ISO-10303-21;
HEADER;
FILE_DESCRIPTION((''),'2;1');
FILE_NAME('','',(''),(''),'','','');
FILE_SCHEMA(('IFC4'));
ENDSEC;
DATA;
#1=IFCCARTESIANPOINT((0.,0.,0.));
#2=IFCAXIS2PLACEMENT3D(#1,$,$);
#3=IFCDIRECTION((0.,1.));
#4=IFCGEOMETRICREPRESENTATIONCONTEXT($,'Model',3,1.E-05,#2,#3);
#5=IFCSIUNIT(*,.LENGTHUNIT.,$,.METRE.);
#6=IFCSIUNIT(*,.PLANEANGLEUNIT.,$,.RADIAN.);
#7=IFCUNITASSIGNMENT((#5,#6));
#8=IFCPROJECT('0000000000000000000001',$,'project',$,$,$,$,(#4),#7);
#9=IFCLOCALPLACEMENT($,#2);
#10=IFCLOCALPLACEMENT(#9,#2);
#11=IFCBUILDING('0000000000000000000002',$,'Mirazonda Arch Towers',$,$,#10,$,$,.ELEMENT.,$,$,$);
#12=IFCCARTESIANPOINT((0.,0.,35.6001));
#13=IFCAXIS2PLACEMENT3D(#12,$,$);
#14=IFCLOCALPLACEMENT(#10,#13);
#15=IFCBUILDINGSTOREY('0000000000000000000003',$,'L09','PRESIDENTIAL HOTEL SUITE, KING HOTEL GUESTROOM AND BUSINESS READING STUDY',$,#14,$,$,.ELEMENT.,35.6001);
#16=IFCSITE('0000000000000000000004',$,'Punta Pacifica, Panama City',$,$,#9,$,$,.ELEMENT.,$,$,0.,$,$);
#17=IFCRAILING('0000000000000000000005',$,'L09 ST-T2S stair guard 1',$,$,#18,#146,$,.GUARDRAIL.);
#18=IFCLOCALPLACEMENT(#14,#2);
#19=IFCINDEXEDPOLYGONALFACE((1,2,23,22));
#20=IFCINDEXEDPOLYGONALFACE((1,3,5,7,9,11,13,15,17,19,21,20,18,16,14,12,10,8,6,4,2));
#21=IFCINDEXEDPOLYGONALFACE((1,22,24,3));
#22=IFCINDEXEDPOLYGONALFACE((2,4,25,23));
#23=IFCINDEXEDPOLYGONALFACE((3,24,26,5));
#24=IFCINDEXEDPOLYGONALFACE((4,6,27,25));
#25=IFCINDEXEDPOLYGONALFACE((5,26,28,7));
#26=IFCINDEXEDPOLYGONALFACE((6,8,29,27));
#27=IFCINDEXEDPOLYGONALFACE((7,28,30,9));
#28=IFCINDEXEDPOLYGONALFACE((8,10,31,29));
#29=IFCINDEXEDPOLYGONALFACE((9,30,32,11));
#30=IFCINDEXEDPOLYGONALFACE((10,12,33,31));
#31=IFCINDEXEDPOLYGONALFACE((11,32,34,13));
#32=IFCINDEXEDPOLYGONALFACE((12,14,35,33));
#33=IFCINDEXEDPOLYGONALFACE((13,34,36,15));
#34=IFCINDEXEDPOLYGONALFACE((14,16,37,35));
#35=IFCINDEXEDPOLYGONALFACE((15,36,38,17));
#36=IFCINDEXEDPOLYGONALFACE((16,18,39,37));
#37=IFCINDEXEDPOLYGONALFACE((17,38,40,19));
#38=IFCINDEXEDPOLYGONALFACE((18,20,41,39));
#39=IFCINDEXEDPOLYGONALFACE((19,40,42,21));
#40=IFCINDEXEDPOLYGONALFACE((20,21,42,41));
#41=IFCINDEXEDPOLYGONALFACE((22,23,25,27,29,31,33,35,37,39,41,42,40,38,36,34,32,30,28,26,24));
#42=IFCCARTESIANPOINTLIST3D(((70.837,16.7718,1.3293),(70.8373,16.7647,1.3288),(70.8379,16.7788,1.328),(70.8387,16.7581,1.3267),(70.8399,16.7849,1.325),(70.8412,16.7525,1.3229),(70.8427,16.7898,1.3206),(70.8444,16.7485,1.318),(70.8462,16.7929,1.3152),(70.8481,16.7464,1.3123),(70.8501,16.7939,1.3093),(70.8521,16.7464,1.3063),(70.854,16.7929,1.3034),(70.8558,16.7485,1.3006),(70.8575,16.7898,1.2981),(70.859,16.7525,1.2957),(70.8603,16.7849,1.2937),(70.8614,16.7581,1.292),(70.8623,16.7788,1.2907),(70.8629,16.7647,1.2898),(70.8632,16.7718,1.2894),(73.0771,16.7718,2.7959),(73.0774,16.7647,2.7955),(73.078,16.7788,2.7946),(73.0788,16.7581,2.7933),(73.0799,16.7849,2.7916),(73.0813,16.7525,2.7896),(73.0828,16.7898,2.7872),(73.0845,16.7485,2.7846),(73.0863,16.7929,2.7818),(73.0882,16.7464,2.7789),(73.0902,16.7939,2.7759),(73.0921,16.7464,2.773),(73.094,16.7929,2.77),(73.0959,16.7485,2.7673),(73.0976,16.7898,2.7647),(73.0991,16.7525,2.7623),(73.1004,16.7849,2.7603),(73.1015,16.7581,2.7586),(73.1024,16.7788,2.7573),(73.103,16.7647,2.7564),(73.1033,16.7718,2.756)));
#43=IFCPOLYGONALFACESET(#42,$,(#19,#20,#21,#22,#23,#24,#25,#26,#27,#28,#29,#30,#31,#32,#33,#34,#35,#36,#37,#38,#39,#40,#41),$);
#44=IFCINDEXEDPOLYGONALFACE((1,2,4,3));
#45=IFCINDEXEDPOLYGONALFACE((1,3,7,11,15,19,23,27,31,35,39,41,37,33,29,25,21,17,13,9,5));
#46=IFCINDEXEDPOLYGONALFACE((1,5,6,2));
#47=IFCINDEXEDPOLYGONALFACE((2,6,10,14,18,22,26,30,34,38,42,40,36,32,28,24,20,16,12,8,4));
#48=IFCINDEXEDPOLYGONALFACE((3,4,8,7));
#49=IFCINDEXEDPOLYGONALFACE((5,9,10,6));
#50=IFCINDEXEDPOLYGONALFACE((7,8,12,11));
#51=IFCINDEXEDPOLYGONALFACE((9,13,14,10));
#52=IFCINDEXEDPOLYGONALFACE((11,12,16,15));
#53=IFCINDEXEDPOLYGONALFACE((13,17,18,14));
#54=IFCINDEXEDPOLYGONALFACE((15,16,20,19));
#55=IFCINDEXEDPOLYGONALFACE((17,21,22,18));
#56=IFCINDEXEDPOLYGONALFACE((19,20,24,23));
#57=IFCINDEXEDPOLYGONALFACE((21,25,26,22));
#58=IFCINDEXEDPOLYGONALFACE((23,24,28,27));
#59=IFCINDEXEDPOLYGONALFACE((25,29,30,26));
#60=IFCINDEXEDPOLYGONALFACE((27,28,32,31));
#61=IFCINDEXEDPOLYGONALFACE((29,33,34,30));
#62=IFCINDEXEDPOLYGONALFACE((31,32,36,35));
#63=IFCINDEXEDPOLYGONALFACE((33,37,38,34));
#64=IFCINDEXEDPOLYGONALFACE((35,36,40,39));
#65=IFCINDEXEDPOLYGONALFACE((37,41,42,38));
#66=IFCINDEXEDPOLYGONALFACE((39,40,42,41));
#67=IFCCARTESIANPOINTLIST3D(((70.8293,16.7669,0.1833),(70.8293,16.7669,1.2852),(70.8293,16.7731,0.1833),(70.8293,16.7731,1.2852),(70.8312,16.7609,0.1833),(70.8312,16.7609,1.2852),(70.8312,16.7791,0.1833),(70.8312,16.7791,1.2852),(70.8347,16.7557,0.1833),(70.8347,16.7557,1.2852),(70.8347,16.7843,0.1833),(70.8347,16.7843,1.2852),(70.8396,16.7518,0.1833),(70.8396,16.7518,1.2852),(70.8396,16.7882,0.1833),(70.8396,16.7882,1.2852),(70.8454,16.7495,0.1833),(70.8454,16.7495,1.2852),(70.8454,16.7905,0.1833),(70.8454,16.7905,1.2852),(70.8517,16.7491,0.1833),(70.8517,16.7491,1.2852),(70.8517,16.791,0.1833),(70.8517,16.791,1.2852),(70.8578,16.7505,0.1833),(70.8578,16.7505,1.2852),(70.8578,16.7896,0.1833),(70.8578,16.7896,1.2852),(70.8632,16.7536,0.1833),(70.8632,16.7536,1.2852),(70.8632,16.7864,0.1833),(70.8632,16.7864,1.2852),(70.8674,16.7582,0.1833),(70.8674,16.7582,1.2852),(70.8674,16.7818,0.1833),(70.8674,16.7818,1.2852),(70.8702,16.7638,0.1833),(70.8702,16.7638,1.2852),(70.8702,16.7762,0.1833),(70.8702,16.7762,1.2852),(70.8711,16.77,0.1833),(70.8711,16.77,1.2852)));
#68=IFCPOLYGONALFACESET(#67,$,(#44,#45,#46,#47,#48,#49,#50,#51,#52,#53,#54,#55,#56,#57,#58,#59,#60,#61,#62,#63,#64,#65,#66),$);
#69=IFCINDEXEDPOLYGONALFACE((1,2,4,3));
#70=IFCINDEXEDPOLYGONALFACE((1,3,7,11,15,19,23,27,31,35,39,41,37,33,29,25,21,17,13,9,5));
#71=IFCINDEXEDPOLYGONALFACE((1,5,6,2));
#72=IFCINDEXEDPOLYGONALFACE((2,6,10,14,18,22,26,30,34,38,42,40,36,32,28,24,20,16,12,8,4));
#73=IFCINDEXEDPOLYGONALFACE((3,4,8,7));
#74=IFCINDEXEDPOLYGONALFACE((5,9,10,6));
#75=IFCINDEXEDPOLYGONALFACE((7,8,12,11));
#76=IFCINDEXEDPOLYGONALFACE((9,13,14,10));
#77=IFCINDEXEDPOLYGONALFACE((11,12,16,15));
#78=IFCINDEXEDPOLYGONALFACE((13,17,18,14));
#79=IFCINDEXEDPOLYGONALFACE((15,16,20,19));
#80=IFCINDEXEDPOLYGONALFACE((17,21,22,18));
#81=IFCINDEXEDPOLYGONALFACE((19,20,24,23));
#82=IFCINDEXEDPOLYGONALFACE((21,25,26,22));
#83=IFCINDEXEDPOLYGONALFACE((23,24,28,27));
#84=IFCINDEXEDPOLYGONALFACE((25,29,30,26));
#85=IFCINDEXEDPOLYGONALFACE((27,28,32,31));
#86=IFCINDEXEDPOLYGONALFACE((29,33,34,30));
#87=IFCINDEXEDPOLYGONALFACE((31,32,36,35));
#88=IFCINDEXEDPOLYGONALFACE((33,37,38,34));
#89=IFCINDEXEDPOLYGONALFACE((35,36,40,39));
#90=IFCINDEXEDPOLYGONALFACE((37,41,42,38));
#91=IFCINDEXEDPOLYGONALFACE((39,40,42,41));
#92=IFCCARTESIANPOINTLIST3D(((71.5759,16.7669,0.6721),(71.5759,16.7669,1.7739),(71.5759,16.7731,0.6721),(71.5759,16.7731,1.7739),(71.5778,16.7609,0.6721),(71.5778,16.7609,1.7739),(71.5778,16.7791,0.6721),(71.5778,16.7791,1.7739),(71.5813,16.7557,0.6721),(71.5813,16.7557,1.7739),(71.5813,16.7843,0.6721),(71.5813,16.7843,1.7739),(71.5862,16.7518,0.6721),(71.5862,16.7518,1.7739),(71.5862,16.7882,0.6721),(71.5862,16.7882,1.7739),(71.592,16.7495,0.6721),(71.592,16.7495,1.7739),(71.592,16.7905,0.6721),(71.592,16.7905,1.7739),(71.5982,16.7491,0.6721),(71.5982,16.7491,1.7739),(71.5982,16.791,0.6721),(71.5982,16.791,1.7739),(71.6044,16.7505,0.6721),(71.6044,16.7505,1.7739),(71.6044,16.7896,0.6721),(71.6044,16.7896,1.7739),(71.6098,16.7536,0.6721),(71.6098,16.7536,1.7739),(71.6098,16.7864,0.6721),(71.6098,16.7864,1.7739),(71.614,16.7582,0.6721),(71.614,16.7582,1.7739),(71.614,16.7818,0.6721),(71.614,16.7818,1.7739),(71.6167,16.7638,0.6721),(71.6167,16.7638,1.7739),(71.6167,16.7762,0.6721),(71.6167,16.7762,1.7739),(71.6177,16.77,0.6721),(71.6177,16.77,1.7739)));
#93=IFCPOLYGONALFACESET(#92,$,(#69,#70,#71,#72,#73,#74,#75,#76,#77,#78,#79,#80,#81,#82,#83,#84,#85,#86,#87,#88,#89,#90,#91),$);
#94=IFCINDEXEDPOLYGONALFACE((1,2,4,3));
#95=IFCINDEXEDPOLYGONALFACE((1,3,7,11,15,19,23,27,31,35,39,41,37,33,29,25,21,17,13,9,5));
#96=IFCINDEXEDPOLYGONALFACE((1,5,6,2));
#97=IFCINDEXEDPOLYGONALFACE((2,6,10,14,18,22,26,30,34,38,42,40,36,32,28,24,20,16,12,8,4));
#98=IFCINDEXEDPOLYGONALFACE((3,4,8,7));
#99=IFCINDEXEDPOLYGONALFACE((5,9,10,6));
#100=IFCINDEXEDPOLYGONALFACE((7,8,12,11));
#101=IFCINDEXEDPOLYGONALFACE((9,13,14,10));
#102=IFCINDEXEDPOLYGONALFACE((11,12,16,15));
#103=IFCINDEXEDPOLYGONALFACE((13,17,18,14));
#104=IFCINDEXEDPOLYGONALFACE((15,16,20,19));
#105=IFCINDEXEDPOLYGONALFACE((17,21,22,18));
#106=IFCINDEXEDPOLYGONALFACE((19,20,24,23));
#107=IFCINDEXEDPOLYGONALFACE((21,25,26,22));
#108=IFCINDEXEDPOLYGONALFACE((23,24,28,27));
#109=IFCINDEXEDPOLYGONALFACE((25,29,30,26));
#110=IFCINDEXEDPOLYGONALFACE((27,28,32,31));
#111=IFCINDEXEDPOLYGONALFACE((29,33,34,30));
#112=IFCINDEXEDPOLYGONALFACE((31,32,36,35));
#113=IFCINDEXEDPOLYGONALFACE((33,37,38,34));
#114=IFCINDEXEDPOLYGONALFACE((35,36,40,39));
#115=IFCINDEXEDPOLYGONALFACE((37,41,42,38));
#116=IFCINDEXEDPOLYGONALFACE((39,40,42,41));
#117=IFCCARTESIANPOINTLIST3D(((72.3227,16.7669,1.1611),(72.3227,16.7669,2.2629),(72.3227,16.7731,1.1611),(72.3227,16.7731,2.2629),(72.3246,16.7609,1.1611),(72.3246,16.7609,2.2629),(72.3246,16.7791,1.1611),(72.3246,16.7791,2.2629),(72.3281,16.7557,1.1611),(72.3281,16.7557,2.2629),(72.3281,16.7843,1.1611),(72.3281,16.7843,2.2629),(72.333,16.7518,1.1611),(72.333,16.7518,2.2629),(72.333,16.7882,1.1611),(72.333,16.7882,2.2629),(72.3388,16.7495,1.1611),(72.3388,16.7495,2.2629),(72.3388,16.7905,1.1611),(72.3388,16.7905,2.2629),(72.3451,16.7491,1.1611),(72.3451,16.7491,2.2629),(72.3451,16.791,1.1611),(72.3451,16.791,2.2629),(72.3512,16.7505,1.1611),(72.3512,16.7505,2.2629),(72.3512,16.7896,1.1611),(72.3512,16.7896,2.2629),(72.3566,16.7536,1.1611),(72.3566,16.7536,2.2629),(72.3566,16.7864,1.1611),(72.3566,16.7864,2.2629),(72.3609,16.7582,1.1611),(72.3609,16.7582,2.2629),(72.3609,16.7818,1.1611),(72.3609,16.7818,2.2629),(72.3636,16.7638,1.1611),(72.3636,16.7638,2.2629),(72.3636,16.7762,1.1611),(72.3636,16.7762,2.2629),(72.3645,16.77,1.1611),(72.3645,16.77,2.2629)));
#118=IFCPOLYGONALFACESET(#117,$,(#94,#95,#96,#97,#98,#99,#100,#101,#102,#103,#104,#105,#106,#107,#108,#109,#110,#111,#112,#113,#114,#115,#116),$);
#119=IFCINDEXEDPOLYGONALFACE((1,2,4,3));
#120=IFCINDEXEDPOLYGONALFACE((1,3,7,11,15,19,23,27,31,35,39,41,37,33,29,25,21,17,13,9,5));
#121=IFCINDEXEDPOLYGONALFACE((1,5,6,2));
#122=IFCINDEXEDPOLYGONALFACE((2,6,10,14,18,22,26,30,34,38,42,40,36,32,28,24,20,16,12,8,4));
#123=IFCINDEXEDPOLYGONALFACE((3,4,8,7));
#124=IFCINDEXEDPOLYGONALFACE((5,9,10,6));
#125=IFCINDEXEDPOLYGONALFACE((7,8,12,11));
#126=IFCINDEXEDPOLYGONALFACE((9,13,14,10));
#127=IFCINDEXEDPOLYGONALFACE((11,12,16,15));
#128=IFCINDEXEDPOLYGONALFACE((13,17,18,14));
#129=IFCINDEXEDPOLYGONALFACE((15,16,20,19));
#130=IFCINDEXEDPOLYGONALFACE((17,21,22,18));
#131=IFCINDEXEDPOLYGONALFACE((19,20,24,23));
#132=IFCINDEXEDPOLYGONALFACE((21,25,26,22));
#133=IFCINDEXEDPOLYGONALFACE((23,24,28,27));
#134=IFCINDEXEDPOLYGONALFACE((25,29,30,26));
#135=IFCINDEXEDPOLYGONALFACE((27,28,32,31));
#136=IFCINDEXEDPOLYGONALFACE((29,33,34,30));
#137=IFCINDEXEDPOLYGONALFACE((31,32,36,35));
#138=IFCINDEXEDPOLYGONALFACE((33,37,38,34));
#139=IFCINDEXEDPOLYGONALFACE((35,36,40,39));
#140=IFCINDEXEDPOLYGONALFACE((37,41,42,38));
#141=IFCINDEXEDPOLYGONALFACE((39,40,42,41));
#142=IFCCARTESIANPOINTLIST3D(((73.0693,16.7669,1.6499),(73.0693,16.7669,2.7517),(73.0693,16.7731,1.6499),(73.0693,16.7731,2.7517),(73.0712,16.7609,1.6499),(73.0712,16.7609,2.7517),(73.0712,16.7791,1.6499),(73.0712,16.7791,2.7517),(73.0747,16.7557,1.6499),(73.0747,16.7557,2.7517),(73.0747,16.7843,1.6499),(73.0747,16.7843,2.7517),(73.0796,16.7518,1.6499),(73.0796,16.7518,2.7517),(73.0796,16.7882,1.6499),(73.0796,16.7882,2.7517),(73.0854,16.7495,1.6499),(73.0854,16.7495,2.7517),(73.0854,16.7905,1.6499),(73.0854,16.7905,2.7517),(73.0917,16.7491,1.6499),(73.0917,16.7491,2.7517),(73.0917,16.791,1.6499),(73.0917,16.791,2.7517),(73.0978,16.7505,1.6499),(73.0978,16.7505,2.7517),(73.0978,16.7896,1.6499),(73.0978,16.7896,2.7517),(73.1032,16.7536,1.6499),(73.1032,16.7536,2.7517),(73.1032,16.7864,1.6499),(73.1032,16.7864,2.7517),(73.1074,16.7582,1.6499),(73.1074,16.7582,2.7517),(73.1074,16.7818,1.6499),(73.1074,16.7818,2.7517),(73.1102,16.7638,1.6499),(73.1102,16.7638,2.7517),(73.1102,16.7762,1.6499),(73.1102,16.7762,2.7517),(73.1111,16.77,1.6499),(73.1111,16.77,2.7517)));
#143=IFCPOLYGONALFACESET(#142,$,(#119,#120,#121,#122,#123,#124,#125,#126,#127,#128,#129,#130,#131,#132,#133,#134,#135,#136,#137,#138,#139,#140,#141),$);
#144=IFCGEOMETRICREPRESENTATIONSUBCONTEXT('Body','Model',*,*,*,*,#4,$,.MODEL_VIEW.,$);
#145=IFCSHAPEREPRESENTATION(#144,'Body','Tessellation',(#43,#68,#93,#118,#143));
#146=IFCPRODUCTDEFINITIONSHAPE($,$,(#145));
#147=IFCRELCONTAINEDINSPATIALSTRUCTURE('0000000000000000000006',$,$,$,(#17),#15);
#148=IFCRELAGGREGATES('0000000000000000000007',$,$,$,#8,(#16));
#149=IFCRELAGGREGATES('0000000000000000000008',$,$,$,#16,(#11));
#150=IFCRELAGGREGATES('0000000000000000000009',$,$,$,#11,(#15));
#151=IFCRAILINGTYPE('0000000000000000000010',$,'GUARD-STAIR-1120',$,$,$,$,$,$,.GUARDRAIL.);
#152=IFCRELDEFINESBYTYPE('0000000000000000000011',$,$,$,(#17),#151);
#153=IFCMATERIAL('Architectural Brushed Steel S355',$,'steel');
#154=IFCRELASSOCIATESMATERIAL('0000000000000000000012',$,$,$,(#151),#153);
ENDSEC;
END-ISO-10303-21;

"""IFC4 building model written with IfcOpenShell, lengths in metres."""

from ifc_helpers import new_model, si_unit, direction, frame, origin, origin_2d, place, context, subcontext, project, spatial, circle, extrude, material, type_object, element, save


model = new_model("IFC4")

# Units and contexts
model_context = context("Model", 3, precision=1e-05, world=origin(), true_north=direction((0.0, 1.0)))
body_context = subcontext(model_context, "Body", "Model", "MODEL_VIEW")
ifc_project = project(units=[si_unit("LENGTHUNIT", "METRE"), si_unit("PLANEANGLEUNIT", "RADIAN")], contexts=[model_context])

# Site, building, storey
site_placement = place(None, origin())
site = spatial("IfcSite", under=ifc_project, at=site_placement, Name="Punta Pacifica, Panama City", CompositionType="ELEMENT", RefElevation=0.0)
building_placement = place(site_placement, origin())
building = spatial("IfcBuilding", under=site, at=building_placement, Name="Mirazonda Arch Towers", CompositionType="ELEMENT")
storey_placement = place(building_placement, frame((0.0, 0.0, 35.6001)))
storey = spatial("IfcBuildingStorey", under=building, at=storey_placement, Name="L09", Description="PRESIDENTIAL HOTEL SUITE, KING HOTEL GUESTROOM AND BUSINESS READING STUDY", CompositionType="ELEMENT", Elevation=35.6001)

# Railing
ifc_material_1 = material(Name="Architectural Brushed Steel S355", Category="steel")
railing_type_1 = type_object("IfcRailingType", Name="GUARD-STAIR-1120", PredefinedType="GUARDRAIL", material=ifc_material_1)
railing_1_placement = place(storey_placement, frame((70.8501, 16.77, 0.1833)))
element("IfcRailing", 1, at=railing_1_placement, inside=storey, type_object=railing_type_1, Name="L09 ST-T2S stair guard 1", PredefinedType="GUARDRAIL", context=body_context, shape_type="SweptSolid", body=[
    extrude(circle(Radius=0.0239, at=origin_2d()), frame((0.0, 0.0, 1.126), z_axis=(0.836637, 0.0, 0.547758), x_axis=(0.0, 1.0, 0.0)), (0.0, 0.0, 1.0), 2.6775),
    extrude(circle(Radius=0.021, at=origin_2d()), origin(), (0.0, 0.0, 1.0), 1.1018),
    extrude(circle(Radius=0.021, at=origin_2d()), frame((0.7466, 0.0, 0.4888)), (0.0, 0.0, 1.0), 1.1018),
    extrude(circle(Radius=0.021, at=origin_2d()), frame((1.4934, 0.0, 0.9778)), (0.0, 0.0, 1.0), 1.1018),
    extrude(circle(Radius=0.021, at=origin_2d()), frame((2.24, 0.0, 1.4666)), (0.0, 0.0, 1.0), 1.1018),
])

save(model, "model.ifc")
